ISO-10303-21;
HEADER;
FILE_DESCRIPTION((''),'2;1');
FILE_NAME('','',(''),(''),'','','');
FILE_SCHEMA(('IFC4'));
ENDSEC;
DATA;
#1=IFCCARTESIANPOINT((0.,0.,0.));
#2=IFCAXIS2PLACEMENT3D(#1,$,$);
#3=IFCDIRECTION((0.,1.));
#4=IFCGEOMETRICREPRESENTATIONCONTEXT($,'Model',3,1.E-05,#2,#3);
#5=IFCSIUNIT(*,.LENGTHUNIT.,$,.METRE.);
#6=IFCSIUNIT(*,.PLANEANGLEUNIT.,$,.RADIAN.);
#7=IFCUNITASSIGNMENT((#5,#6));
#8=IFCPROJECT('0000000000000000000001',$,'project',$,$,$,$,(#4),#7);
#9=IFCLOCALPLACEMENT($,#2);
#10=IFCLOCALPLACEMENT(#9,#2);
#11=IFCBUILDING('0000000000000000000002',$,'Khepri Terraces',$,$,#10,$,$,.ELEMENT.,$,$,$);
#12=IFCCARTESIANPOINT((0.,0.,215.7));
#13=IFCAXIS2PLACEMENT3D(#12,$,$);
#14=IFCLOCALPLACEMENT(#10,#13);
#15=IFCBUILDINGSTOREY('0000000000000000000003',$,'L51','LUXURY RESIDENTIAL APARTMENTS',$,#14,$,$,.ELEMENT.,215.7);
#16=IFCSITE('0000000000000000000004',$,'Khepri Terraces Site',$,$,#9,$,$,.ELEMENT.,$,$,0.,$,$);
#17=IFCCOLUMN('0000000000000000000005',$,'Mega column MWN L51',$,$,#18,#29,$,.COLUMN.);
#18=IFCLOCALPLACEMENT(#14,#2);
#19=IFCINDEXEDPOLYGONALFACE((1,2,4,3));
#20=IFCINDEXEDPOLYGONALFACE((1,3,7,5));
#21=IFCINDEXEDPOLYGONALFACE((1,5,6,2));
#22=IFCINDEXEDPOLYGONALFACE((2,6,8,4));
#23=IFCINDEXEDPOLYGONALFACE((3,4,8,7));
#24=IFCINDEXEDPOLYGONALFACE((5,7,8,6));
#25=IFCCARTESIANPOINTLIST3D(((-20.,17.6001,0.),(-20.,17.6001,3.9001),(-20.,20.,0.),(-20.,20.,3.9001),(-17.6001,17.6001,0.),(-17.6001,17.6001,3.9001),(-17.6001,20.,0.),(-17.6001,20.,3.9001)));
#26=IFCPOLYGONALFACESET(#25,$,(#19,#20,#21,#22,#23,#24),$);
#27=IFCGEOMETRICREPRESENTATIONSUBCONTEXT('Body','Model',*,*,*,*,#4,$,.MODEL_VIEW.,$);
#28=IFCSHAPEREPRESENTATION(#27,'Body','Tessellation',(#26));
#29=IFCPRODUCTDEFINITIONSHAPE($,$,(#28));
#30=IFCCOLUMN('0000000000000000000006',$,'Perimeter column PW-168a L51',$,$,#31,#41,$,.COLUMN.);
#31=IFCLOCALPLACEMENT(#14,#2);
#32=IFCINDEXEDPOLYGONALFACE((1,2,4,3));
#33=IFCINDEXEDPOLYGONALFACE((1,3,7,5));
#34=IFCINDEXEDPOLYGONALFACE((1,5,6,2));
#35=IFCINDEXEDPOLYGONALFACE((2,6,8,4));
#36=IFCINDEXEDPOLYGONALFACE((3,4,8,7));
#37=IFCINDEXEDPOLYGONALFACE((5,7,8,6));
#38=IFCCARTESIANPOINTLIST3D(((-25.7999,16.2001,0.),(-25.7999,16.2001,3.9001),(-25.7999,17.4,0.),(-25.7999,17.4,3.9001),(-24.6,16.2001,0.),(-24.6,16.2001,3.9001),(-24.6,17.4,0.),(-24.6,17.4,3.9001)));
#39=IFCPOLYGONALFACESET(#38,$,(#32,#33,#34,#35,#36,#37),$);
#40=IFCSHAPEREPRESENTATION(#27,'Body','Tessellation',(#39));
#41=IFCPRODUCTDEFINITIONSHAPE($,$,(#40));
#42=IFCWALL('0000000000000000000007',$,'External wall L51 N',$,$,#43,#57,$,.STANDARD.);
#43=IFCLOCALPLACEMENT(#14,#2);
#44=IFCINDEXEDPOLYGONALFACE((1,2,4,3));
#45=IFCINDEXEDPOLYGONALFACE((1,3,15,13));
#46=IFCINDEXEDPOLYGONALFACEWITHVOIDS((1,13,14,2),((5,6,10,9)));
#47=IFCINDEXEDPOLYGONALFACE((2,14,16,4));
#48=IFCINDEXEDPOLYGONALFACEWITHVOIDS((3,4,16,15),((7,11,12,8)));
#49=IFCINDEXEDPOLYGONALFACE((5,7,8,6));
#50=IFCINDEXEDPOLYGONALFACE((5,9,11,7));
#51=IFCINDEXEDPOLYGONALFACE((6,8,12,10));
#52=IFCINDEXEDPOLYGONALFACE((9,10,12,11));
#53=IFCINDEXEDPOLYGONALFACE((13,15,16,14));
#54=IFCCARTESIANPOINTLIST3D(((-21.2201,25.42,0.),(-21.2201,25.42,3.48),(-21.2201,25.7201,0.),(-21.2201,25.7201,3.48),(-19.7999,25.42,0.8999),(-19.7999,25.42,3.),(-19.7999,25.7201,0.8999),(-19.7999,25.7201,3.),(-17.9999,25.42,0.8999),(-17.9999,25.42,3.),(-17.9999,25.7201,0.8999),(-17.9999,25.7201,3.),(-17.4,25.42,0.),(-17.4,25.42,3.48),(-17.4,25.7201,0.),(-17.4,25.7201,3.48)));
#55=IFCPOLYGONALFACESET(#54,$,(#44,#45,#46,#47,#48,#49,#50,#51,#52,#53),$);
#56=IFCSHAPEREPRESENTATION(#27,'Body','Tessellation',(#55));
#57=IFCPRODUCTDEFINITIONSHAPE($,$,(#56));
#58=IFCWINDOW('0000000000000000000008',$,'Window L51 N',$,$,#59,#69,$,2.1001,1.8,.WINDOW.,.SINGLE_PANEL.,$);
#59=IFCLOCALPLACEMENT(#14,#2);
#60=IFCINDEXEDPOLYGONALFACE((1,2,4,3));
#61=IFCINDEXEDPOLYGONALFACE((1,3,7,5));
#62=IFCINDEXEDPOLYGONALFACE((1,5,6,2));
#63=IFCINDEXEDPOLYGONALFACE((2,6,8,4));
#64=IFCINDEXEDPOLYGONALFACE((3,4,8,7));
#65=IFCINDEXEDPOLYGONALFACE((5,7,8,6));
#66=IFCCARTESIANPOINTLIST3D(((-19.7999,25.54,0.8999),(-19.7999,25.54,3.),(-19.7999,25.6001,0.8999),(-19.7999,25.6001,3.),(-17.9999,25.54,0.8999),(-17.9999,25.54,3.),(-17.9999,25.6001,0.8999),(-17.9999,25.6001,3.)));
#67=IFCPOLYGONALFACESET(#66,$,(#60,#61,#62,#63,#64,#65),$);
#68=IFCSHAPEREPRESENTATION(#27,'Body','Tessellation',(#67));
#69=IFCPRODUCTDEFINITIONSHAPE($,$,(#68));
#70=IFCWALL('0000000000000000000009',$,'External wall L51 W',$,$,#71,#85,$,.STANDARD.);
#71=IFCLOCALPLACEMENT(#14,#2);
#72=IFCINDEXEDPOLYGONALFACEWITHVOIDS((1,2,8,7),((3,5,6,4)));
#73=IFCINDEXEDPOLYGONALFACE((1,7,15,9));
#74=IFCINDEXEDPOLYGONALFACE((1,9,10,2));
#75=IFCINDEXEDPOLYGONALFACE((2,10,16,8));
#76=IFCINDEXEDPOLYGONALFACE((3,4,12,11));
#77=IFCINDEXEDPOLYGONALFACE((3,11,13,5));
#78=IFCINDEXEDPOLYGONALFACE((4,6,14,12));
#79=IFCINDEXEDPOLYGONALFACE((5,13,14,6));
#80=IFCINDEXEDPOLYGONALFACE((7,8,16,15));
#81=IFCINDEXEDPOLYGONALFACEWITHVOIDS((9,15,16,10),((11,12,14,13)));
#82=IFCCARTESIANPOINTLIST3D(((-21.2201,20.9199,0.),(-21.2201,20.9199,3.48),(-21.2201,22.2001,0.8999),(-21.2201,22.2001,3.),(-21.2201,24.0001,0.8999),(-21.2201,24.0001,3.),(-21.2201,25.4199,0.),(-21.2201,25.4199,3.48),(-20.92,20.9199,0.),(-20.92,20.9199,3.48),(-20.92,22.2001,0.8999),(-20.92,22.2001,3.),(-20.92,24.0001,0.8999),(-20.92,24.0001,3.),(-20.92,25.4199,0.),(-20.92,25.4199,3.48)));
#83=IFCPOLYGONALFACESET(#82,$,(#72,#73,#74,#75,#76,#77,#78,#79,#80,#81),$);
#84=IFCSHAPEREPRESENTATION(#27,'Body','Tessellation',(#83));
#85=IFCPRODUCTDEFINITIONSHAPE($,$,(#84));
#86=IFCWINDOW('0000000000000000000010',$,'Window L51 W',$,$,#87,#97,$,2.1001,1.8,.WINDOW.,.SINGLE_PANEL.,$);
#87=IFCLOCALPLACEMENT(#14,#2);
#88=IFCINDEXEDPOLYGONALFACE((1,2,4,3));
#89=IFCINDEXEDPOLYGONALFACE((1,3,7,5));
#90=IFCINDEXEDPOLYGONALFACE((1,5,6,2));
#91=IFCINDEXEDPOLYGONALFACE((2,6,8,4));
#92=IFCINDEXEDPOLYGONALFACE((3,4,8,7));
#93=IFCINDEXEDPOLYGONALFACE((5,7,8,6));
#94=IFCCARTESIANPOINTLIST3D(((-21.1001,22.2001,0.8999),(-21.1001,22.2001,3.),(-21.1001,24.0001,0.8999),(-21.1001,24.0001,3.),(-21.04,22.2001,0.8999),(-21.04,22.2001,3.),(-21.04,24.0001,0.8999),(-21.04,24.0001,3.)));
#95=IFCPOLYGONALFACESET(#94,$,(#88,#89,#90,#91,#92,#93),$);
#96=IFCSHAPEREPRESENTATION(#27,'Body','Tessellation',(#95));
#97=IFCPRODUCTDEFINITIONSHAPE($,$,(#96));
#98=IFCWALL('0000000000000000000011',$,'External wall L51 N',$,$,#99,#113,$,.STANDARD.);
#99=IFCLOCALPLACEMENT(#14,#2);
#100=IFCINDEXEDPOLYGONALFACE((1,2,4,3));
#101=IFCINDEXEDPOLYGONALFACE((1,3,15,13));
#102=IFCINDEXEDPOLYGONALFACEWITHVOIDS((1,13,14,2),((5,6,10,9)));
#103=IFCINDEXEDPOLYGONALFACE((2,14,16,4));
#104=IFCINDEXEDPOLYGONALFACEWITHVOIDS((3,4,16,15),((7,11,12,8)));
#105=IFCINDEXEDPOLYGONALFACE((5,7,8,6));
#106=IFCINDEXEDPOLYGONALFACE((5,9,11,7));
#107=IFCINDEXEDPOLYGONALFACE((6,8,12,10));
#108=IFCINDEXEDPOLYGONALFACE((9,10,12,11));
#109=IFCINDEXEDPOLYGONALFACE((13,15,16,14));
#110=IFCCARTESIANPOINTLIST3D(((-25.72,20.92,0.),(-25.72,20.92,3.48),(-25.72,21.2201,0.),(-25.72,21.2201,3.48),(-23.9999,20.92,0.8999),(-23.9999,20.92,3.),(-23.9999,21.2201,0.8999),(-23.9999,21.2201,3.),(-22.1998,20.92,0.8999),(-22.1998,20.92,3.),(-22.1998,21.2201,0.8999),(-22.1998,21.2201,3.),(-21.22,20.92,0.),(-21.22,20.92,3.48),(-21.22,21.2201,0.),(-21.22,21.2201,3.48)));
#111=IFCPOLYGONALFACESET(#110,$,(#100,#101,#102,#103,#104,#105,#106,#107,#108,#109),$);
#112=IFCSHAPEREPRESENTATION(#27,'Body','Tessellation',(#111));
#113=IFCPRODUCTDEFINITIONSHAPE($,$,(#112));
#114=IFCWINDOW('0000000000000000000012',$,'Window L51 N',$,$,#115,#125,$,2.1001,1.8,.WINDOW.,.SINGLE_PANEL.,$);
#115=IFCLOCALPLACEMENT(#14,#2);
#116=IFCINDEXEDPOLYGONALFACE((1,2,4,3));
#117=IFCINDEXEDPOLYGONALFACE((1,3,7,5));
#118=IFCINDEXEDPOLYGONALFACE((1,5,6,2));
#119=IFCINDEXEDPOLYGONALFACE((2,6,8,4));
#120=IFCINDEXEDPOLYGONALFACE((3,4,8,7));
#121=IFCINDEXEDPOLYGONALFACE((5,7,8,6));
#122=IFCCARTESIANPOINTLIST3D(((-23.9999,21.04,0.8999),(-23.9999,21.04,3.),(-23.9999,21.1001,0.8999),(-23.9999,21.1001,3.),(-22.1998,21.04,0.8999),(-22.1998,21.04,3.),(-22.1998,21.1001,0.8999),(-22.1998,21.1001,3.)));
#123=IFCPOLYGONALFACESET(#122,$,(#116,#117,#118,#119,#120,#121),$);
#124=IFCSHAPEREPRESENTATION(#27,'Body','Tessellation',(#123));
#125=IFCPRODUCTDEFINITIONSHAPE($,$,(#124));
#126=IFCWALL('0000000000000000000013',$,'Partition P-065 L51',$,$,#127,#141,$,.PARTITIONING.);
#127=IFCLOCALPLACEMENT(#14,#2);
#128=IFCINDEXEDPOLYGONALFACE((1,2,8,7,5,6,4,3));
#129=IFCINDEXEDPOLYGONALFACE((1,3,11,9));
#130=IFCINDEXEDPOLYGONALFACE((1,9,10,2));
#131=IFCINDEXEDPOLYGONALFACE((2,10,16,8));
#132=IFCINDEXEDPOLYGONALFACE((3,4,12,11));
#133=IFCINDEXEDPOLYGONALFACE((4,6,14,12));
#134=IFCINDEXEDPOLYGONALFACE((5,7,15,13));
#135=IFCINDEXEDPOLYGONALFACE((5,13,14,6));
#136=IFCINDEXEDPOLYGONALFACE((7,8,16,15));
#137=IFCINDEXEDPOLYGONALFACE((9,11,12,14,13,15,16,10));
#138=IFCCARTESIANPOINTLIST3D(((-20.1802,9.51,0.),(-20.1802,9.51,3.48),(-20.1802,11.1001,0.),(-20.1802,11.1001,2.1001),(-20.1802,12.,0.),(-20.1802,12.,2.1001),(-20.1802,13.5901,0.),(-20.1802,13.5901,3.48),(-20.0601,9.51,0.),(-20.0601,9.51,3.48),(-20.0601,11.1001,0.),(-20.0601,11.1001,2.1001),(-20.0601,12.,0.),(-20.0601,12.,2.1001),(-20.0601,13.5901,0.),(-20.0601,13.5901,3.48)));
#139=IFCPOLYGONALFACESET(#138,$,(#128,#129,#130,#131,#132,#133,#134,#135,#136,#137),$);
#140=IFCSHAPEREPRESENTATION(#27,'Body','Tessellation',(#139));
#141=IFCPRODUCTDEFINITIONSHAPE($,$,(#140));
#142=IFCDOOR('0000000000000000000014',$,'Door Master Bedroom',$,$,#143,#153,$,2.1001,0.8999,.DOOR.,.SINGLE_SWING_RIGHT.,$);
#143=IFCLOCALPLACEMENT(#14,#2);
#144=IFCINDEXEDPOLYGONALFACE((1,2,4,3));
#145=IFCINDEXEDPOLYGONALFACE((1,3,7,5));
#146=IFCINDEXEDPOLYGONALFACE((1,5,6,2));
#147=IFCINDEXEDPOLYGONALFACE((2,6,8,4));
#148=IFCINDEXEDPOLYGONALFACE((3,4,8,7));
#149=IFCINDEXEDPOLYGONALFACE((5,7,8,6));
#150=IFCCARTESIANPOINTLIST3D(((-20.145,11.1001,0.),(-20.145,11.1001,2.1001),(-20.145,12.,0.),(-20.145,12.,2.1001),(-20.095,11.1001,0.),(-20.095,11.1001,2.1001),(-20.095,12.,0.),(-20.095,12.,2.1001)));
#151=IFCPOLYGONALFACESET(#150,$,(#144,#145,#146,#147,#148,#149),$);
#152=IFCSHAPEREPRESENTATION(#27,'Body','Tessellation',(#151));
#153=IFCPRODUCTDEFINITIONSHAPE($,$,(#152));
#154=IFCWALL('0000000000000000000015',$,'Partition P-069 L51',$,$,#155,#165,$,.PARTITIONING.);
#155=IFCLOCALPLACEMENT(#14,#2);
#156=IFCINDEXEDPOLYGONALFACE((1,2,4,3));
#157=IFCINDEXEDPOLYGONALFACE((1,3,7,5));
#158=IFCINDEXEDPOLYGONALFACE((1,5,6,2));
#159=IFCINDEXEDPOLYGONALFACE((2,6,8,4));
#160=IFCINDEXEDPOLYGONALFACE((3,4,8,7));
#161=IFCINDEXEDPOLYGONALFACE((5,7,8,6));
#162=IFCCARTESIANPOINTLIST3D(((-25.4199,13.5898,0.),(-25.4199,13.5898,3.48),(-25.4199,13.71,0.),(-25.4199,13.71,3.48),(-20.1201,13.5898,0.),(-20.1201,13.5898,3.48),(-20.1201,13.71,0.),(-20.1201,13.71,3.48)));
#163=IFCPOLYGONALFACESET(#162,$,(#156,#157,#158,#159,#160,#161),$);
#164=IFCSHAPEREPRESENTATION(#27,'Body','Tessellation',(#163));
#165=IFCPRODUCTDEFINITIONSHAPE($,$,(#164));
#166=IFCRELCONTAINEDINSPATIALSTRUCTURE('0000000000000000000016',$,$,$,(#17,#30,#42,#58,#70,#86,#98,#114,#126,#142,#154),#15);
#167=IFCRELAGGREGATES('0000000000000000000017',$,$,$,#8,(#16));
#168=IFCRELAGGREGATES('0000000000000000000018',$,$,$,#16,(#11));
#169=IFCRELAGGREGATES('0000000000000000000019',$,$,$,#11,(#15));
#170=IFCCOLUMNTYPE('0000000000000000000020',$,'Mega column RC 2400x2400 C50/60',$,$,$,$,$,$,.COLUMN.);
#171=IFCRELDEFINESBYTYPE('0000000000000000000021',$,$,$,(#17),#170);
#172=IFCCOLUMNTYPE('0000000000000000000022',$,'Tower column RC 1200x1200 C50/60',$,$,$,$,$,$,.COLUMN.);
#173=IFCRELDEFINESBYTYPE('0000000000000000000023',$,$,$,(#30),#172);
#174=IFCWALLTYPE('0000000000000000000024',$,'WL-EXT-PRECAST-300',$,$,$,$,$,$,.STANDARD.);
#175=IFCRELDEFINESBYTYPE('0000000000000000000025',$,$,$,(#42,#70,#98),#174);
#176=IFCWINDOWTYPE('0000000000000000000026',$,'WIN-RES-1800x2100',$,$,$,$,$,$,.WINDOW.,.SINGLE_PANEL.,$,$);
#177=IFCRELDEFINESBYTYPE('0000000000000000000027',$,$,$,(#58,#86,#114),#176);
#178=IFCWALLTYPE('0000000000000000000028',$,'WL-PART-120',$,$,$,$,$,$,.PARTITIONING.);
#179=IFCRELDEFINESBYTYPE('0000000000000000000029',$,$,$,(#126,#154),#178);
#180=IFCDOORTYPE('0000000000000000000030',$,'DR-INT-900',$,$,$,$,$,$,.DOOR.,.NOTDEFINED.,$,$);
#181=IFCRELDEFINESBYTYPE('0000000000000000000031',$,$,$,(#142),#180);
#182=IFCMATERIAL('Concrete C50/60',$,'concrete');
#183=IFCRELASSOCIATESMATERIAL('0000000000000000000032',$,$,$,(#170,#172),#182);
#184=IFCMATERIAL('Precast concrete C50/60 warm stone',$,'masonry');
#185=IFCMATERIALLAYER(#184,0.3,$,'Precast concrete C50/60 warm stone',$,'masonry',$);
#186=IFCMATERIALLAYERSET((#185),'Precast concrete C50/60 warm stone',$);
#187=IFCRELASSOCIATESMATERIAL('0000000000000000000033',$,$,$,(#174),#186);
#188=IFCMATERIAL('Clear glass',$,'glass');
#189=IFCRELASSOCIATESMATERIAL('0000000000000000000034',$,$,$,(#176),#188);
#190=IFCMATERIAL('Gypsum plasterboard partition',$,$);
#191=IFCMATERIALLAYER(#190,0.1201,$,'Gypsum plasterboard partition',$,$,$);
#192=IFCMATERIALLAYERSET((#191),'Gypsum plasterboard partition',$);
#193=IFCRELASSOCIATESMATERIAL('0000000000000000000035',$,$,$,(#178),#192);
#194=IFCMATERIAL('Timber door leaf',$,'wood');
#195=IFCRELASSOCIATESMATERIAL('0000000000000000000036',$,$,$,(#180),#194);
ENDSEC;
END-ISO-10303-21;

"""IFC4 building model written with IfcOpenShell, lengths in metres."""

from ifc_helpers import new_model, si_unit, direction, frame, frame_2d, origin, origin_2d, place, context, subcontext, project, spatial, rectangle, extrude, material, layer, layer_set, material_profile, profile_set, type_object, element, fill, save


model = new_model("IFC4")

# Units and contexts
model_context = context("Model", 3, precision=1e-05, world=origin(), true_north=direction((0.0, 1.0)))
body_context = subcontext(model_context, "Body", "Model", "MODEL_VIEW")
ifc_project = project(units=[si_unit("LENGTHUNIT", "METRE"), si_unit("PLANEANGLEUNIT", "RADIAN")], contexts=[model_context])

# Site, building, storey
site_placement = place(None, origin())
site = spatial("IfcSite", under=ifc_project, at=site_placement, Name="Khepri Terraces Site", CompositionType="ELEMENT", RefElevation=0.0)
building_placement = place(site_placement, origin())
building = spatial("IfcBuilding", under=site, at=building_placement, Name="Khepri Terraces", CompositionType="ELEMENT")
storey_placement = place(building_placement, frame((0.0, 0.0, 215.7)))
storey = spatial("IfcBuildingStorey", under=building, at=storey_placement, Name="L51", Description="LUXURY RESIDENTIAL APARTMENTS", CompositionType="ELEMENT", Elevation=215.7)

# Columns
ifc_material_1 = material(Name="Concrete C50/60", Category="concrete")
ifc_material_profile_1 = material_profile(ifc_material_1, rectangle(XDim=2.3999, YDim=2.3999, at=origin_2d()), Name="Concrete C50/60", Category="concrete")
ifc_profile_set_1 = profile_set([ifc_material_profile_1], Name="Concrete C50/60")
column_type_1 = type_object("IfcColumnType", Name="Mega column RC 2400x2400 C50/60", PredefinedType="COLUMN", material=ifc_profile_set_1)
column_1_placement = place(storey_placement, frame((-18.8, 18.8, 0.0), z_axis=(0.0, 0.0, 1.0), x_axis=(1.0, 0.0, 0.0)))
element("IfcColumn", 1, at=column_1_placement, inside=storey, type_object=column_type_1, Name="Mega column MWN L51", PredefinedType="COLUMN", context=body_context, shape_type="SweptSolid", body=[
    extrude(rectangle(XDim=2.3999, YDim=2.3999, at=origin_2d()), origin(), (0.0, 0.0, 1.0), 3.9001),
])
ifc_material_profile_2 = material_profile(ifc_material_1, rectangle(XDim=1.2, YDim=1.2, at=origin_2d()), Name="Concrete C50/60", Category="concrete")
ifc_profile_set_2 = profile_set([ifc_material_profile_2], Name="Concrete C50/60")
column_type_2 = type_object("IfcColumnType", Name="Tower column RC 1200x1200 C50/60", PredefinedType="COLUMN", material=ifc_profile_set_2)
column_2_placement = place(storey_placement, frame((-25.2, 16.8, 0.0), z_axis=(0.0, 0.0, 1.0), x_axis=(1.0, 0.0, 0.0)))
element("IfcColumn", 2, at=column_2_placement, inside=storey, type_object=column_type_2, Name="Perimeter column PW-168a L51", PredefinedType="COLUMN", context=body_context, shape_type="SweptSolid", body=[
    extrude(rectangle(XDim=1.2, YDim=1.2, at=origin_2d()), origin(), (0.0, 0.0, 1.0), 3.9001),
])

# Walls, openings, windows
ifc_material_2 = material(Name="Precast concrete C50/60 warm stone", Category="masonry")
ifc_layer_1 = layer(ifc_material_2, 0.3, Name="Precast concrete C50/60 warm stone", Category="masonry")
ifc_layer_set_1 = layer_set([ifc_layer_1], Name="Precast concrete C50/60 warm stone")
wall_type_1 = type_object("IfcWallType", Name="WL-EXT-PRECAST-300", PredefinedType="STANDARD", material=ifc_layer_set_1)
wall_1_placement = place(storey_placement, frame((-17.3999, 25.5701, 0.0), z_axis=(0.0, 0.0, 1.0), x_axis=(-1.0, 0.0, 0.0)))
wall_1 = element("IfcWall", 3, at=wall_1_placement, inside=storey, type_object=wall_type_1, Name="External wall L51 N", PredefinedType="STANDARD", context=body_context, shape_type="SweptSolid", body=[
    extrude(rectangle(XDim=3.8201, YDim=0.3, at=frame_2d((1.9102, 0.0))), origin(), (0.0, 0.0, 1.0), 3.48),
])
opening_1_placement = place(wall_1_placement, frame((0.6001, 0.0, 0.8999)))
opening_1 = element("IfcOpeningElement", 4, at=opening_1_placement, cuts=wall_1, PredefinedType="OPENING", context=body_context, shape_type="SweptSolid", body=[
    extrude(rectangle(XDim=1.8, YDim=2.1001, at=frame_2d((0.8999, 1.05))), frame((0.0, 0.1602, 0.0), z_axis=(0.0, -1.0, 0.0), x_axis=(1.0, 0.0, 0.0)), (0.0, 0.0, 1.0), 0.3201),
])
ifc_material_3 = material(Name="Clear glass", Category="glass")
window_type = type_object("IfcWindowType", Name="WIN-RES-1800x2100", PartitioningType="SINGLE_PANEL", PredefinedType="WINDOW", material=ifc_material_3)
window_1_placement = place(opening_1_placement, origin())
window_1 = element("IfcWindow", 5, at=window_1_placement, inside=storey, type_object=window_type, Name="Window L51 N", OverallHeight=2.1001, OverallWidth=1.8, PartitioningType="SINGLE_PANEL", PredefinedType="WINDOW", context=body_context, shape_type="SweptSolid", body=[
    extrude(rectangle(XDim=1.8, YDim=2.1001, at=frame_2d((0.8999, 1.05))), frame((0.0, 0.03, 0.0), z_axis=(0.0, -1.0, 0.0), x_axis=(1.0, 0.0, 0.0)), (0.0, 0.0, 1.0), 0.0601),
])
fill(opening_1, window_1)
wall_2_placement = place(storey_placement, frame((-21.0701, 25.4199, 0.0), z_axis=(0.0, 0.0, 1.0), x_axis=(0.0, -1.0, 0.0)))
wall_2 = element("IfcWall", 6, at=wall_2_placement, inside=storey, type_object=wall_type_1, Name="External wall L51 W", PredefinedType="STANDARD", context=body_context, shape_type="SweptSolid", body=[
    extrude(rectangle(XDim=4.5, YDim=0.3, at=frame_2d((2.25, 0.0))), origin(), (0.0, 0.0, 1.0), 3.48),
])
opening_2_placement = place(wall_2_placement, frame((1.4199, 0.0, 0.8999)))
opening_2 = element("IfcOpeningElement", 7, at=opening_2_placement, cuts=wall_2, PredefinedType="OPENING", context=body_context, shape_type="SweptSolid", body=[
    extrude(rectangle(XDim=1.8, YDim=2.1001, at=frame_2d((0.8999, 1.05))), frame((0.0, 0.1602, 0.0), z_axis=(0.0, -1.0, 0.0), x_axis=(1.0, 0.0, 0.0)), (0.0, 0.0, 1.0), 0.3201),
])
window_2_placement = place(opening_2_placement, origin())
window_2 = element("IfcWindow", 8, at=window_2_placement, inside=storey, type_object=window_type, Name="Window L51 W", OverallHeight=2.1001, OverallWidth=1.8, PartitioningType="SINGLE_PANEL", PredefinedType="WINDOW", context=body_context, shape_type="SweptSolid", body=[
    extrude(rectangle(XDim=1.8, YDim=2.1001, at=frame_2d((0.8999, 1.05))), frame((0.0, 0.03, 0.0), z_axis=(0.0, -1.0, 0.0), x_axis=(1.0, 0.0, 0.0)), (0.0, 0.0, 1.0), 0.0601),
])
fill(opening_2, window_2)
wall_3_placement = place(storey_placement, frame((-21.22, 21.0701, 0.0), z_axis=(0.0, 0.0, 1.0), x_axis=(-1.0, 0.0, 0.0)))
wall_3 = element("IfcWall", 9, at=wall_3_placement, inside=storey, type_object=wall_type_1, Name="External wall L51 N", PredefinedType="STANDARD", context=body_context, shape_type="SweptSolid", body=[
    extrude(rectangle(XDim=4.5, YDim=0.3, at=frame_2d((2.25, 0.0))), origin(), (0.0, 0.0, 1.0), 3.48),
])
opening_3_placement = place(wall_3_placement, frame((0.98, 0.0, 0.8999)))
opening_3 = element("IfcOpeningElement", 10, at=opening_3_placement, cuts=wall_3, PredefinedType="OPENING", context=body_context, shape_type="SweptSolid", body=[
    extrude(rectangle(XDim=1.8, YDim=2.1001, at=frame_2d((0.8999, 1.05))), frame((0.0, 0.1602, 0.0), z_axis=(0.0, -1.0, 0.0), x_axis=(1.0, 0.0, 0.0)), (0.0, 0.0, 1.0), 0.3201),
])
window_3_placement = place(opening_3_placement, origin())
window_3 = element("IfcWindow", 11, at=window_3_placement, inside=storey, type_object=window_type, Name="Window L51 N", OverallHeight=2.1001, OverallWidth=1.8, PartitioningType="SINGLE_PANEL", PredefinedType="WINDOW", context=body_context, shape_type="SweptSolid", body=[
    extrude(rectangle(XDim=1.8, YDim=2.1001, at=frame_2d((0.8999, 1.05))), frame((0.0, 0.03, 0.0), z_axis=(0.0, -1.0, 0.0), x_axis=(1.0, 0.0, 0.0)), (0.0, 0.0, 1.0), 0.0601),
])
fill(opening_3, window_3)

# Wall, opening, door
ifc_material_4 = material(Name="Gypsum plasterboard partition")
ifc_layer_2 = layer(ifc_material_4, 0.1201, Name="Gypsum plasterboard partition")
ifc_layer_set_2 = layer_set([ifc_layer_2], Name="Gypsum plasterboard partition")
wall_type_2 = type_object("IfcWallType", Name="WL-PART-120", PredefinedType="PARTITIONING", material=ifc_layer_set_2)
wall_4_placement = place(storey_placement, frame((-20.1201, 9.51, 0.0), z_axis=(0.0, 0.0, 1.0), x_axis=(0.0, 1.0, 0.0)))
wall_4 = element("IfcWall", 12, at=wall_4_placement, inside=storey, type_object=wall_type_2, Name="Partition P-065 L51", PredefinedType="PARTITIONING", context=body_context, shape_type="SweptSolid", body=[
    extrude(rectangle(XDim=4.0801, YDim=0.1201, at=frame_2d((2.04, 0.0))), origin(), (0.0, 0.0, 1.0), 3.48),
])
opening_4_placement = place(wall_4_placement, frame((1.5901, 0.0, 0.0)))
opening_4 = element("IfcOpeningElement", 13, at=opening_4_placement, cuts=wall_4, PredefinedType="OPENING", context=body_context, shape_type="SweptSolid", body=[
    extrude(rectangle(XDim=0.8999, YDim=2.1001, at=frame_2d((0.45, 1.05))), frame((0.0, 0.0701, 0.0), z_axis=(0.0, -1.0, 0.0), x_axis=(1.0, 0.0, 0.0)), (0.0, 0.0, 1.0), 0.1401),
])
ifc_material_5 = material(Name="Timber door leaf", Category="wood")
door_type_1 = type_object("IfcDoorType", Name="DR-INT-900", OperationType="NOTDEFINED", PredefinedType="DOOR", material=ifc_material_5)
door_1_placement = place(opening_4_placement, origin())
door_1 = element("IfcDoor", 14, at=door_1_placement, inside=storey, type_object=door_type_1, Name="Door Master Bedroom", OperationType="SINGLE_SWING_RIGHT", OverallHeight=2.1001, OverallWidth=0.8999, PredefinedType="DOOR", context=body_context, shape_type="SweptSolid", body=[
    extrude(rectangle(XDim=0.8999, YDim=2.1001, at=frame_2d((0.45, 1.05))), frame((0.0, 0.0249, 0.0), z_axis=(0.0, -1.0, 0.0), x_axis=(1.0, 0.0, 0.0)), (0.0, 0.0, 1.0), 0.05),
])
fill(opening_4, door_1)

# Wall
wall_5_placement = place(storey_placement, frame((-25.4199, 13.6499, 0.0), z_axis=(0.0, 0.0, 1.0), x_axis=(1.0, 0.0, 0.0)))
element("IfcWall", 15, at=wall_5_placement, inside=storey, type_object=wall_type_2, Name="Partition P-069 L51", PredefinedType="PARTITIONING", context=body_context, shape_type="SweptSolid", body=[
    extrude(rectangle(XDim=5.2998, YDim=0.1201, at=frame_2d((2.6499, 0.0))), origin(), (0.0, 0.0, 1.0), 3.48),
])

save(model, "model.ifc")
